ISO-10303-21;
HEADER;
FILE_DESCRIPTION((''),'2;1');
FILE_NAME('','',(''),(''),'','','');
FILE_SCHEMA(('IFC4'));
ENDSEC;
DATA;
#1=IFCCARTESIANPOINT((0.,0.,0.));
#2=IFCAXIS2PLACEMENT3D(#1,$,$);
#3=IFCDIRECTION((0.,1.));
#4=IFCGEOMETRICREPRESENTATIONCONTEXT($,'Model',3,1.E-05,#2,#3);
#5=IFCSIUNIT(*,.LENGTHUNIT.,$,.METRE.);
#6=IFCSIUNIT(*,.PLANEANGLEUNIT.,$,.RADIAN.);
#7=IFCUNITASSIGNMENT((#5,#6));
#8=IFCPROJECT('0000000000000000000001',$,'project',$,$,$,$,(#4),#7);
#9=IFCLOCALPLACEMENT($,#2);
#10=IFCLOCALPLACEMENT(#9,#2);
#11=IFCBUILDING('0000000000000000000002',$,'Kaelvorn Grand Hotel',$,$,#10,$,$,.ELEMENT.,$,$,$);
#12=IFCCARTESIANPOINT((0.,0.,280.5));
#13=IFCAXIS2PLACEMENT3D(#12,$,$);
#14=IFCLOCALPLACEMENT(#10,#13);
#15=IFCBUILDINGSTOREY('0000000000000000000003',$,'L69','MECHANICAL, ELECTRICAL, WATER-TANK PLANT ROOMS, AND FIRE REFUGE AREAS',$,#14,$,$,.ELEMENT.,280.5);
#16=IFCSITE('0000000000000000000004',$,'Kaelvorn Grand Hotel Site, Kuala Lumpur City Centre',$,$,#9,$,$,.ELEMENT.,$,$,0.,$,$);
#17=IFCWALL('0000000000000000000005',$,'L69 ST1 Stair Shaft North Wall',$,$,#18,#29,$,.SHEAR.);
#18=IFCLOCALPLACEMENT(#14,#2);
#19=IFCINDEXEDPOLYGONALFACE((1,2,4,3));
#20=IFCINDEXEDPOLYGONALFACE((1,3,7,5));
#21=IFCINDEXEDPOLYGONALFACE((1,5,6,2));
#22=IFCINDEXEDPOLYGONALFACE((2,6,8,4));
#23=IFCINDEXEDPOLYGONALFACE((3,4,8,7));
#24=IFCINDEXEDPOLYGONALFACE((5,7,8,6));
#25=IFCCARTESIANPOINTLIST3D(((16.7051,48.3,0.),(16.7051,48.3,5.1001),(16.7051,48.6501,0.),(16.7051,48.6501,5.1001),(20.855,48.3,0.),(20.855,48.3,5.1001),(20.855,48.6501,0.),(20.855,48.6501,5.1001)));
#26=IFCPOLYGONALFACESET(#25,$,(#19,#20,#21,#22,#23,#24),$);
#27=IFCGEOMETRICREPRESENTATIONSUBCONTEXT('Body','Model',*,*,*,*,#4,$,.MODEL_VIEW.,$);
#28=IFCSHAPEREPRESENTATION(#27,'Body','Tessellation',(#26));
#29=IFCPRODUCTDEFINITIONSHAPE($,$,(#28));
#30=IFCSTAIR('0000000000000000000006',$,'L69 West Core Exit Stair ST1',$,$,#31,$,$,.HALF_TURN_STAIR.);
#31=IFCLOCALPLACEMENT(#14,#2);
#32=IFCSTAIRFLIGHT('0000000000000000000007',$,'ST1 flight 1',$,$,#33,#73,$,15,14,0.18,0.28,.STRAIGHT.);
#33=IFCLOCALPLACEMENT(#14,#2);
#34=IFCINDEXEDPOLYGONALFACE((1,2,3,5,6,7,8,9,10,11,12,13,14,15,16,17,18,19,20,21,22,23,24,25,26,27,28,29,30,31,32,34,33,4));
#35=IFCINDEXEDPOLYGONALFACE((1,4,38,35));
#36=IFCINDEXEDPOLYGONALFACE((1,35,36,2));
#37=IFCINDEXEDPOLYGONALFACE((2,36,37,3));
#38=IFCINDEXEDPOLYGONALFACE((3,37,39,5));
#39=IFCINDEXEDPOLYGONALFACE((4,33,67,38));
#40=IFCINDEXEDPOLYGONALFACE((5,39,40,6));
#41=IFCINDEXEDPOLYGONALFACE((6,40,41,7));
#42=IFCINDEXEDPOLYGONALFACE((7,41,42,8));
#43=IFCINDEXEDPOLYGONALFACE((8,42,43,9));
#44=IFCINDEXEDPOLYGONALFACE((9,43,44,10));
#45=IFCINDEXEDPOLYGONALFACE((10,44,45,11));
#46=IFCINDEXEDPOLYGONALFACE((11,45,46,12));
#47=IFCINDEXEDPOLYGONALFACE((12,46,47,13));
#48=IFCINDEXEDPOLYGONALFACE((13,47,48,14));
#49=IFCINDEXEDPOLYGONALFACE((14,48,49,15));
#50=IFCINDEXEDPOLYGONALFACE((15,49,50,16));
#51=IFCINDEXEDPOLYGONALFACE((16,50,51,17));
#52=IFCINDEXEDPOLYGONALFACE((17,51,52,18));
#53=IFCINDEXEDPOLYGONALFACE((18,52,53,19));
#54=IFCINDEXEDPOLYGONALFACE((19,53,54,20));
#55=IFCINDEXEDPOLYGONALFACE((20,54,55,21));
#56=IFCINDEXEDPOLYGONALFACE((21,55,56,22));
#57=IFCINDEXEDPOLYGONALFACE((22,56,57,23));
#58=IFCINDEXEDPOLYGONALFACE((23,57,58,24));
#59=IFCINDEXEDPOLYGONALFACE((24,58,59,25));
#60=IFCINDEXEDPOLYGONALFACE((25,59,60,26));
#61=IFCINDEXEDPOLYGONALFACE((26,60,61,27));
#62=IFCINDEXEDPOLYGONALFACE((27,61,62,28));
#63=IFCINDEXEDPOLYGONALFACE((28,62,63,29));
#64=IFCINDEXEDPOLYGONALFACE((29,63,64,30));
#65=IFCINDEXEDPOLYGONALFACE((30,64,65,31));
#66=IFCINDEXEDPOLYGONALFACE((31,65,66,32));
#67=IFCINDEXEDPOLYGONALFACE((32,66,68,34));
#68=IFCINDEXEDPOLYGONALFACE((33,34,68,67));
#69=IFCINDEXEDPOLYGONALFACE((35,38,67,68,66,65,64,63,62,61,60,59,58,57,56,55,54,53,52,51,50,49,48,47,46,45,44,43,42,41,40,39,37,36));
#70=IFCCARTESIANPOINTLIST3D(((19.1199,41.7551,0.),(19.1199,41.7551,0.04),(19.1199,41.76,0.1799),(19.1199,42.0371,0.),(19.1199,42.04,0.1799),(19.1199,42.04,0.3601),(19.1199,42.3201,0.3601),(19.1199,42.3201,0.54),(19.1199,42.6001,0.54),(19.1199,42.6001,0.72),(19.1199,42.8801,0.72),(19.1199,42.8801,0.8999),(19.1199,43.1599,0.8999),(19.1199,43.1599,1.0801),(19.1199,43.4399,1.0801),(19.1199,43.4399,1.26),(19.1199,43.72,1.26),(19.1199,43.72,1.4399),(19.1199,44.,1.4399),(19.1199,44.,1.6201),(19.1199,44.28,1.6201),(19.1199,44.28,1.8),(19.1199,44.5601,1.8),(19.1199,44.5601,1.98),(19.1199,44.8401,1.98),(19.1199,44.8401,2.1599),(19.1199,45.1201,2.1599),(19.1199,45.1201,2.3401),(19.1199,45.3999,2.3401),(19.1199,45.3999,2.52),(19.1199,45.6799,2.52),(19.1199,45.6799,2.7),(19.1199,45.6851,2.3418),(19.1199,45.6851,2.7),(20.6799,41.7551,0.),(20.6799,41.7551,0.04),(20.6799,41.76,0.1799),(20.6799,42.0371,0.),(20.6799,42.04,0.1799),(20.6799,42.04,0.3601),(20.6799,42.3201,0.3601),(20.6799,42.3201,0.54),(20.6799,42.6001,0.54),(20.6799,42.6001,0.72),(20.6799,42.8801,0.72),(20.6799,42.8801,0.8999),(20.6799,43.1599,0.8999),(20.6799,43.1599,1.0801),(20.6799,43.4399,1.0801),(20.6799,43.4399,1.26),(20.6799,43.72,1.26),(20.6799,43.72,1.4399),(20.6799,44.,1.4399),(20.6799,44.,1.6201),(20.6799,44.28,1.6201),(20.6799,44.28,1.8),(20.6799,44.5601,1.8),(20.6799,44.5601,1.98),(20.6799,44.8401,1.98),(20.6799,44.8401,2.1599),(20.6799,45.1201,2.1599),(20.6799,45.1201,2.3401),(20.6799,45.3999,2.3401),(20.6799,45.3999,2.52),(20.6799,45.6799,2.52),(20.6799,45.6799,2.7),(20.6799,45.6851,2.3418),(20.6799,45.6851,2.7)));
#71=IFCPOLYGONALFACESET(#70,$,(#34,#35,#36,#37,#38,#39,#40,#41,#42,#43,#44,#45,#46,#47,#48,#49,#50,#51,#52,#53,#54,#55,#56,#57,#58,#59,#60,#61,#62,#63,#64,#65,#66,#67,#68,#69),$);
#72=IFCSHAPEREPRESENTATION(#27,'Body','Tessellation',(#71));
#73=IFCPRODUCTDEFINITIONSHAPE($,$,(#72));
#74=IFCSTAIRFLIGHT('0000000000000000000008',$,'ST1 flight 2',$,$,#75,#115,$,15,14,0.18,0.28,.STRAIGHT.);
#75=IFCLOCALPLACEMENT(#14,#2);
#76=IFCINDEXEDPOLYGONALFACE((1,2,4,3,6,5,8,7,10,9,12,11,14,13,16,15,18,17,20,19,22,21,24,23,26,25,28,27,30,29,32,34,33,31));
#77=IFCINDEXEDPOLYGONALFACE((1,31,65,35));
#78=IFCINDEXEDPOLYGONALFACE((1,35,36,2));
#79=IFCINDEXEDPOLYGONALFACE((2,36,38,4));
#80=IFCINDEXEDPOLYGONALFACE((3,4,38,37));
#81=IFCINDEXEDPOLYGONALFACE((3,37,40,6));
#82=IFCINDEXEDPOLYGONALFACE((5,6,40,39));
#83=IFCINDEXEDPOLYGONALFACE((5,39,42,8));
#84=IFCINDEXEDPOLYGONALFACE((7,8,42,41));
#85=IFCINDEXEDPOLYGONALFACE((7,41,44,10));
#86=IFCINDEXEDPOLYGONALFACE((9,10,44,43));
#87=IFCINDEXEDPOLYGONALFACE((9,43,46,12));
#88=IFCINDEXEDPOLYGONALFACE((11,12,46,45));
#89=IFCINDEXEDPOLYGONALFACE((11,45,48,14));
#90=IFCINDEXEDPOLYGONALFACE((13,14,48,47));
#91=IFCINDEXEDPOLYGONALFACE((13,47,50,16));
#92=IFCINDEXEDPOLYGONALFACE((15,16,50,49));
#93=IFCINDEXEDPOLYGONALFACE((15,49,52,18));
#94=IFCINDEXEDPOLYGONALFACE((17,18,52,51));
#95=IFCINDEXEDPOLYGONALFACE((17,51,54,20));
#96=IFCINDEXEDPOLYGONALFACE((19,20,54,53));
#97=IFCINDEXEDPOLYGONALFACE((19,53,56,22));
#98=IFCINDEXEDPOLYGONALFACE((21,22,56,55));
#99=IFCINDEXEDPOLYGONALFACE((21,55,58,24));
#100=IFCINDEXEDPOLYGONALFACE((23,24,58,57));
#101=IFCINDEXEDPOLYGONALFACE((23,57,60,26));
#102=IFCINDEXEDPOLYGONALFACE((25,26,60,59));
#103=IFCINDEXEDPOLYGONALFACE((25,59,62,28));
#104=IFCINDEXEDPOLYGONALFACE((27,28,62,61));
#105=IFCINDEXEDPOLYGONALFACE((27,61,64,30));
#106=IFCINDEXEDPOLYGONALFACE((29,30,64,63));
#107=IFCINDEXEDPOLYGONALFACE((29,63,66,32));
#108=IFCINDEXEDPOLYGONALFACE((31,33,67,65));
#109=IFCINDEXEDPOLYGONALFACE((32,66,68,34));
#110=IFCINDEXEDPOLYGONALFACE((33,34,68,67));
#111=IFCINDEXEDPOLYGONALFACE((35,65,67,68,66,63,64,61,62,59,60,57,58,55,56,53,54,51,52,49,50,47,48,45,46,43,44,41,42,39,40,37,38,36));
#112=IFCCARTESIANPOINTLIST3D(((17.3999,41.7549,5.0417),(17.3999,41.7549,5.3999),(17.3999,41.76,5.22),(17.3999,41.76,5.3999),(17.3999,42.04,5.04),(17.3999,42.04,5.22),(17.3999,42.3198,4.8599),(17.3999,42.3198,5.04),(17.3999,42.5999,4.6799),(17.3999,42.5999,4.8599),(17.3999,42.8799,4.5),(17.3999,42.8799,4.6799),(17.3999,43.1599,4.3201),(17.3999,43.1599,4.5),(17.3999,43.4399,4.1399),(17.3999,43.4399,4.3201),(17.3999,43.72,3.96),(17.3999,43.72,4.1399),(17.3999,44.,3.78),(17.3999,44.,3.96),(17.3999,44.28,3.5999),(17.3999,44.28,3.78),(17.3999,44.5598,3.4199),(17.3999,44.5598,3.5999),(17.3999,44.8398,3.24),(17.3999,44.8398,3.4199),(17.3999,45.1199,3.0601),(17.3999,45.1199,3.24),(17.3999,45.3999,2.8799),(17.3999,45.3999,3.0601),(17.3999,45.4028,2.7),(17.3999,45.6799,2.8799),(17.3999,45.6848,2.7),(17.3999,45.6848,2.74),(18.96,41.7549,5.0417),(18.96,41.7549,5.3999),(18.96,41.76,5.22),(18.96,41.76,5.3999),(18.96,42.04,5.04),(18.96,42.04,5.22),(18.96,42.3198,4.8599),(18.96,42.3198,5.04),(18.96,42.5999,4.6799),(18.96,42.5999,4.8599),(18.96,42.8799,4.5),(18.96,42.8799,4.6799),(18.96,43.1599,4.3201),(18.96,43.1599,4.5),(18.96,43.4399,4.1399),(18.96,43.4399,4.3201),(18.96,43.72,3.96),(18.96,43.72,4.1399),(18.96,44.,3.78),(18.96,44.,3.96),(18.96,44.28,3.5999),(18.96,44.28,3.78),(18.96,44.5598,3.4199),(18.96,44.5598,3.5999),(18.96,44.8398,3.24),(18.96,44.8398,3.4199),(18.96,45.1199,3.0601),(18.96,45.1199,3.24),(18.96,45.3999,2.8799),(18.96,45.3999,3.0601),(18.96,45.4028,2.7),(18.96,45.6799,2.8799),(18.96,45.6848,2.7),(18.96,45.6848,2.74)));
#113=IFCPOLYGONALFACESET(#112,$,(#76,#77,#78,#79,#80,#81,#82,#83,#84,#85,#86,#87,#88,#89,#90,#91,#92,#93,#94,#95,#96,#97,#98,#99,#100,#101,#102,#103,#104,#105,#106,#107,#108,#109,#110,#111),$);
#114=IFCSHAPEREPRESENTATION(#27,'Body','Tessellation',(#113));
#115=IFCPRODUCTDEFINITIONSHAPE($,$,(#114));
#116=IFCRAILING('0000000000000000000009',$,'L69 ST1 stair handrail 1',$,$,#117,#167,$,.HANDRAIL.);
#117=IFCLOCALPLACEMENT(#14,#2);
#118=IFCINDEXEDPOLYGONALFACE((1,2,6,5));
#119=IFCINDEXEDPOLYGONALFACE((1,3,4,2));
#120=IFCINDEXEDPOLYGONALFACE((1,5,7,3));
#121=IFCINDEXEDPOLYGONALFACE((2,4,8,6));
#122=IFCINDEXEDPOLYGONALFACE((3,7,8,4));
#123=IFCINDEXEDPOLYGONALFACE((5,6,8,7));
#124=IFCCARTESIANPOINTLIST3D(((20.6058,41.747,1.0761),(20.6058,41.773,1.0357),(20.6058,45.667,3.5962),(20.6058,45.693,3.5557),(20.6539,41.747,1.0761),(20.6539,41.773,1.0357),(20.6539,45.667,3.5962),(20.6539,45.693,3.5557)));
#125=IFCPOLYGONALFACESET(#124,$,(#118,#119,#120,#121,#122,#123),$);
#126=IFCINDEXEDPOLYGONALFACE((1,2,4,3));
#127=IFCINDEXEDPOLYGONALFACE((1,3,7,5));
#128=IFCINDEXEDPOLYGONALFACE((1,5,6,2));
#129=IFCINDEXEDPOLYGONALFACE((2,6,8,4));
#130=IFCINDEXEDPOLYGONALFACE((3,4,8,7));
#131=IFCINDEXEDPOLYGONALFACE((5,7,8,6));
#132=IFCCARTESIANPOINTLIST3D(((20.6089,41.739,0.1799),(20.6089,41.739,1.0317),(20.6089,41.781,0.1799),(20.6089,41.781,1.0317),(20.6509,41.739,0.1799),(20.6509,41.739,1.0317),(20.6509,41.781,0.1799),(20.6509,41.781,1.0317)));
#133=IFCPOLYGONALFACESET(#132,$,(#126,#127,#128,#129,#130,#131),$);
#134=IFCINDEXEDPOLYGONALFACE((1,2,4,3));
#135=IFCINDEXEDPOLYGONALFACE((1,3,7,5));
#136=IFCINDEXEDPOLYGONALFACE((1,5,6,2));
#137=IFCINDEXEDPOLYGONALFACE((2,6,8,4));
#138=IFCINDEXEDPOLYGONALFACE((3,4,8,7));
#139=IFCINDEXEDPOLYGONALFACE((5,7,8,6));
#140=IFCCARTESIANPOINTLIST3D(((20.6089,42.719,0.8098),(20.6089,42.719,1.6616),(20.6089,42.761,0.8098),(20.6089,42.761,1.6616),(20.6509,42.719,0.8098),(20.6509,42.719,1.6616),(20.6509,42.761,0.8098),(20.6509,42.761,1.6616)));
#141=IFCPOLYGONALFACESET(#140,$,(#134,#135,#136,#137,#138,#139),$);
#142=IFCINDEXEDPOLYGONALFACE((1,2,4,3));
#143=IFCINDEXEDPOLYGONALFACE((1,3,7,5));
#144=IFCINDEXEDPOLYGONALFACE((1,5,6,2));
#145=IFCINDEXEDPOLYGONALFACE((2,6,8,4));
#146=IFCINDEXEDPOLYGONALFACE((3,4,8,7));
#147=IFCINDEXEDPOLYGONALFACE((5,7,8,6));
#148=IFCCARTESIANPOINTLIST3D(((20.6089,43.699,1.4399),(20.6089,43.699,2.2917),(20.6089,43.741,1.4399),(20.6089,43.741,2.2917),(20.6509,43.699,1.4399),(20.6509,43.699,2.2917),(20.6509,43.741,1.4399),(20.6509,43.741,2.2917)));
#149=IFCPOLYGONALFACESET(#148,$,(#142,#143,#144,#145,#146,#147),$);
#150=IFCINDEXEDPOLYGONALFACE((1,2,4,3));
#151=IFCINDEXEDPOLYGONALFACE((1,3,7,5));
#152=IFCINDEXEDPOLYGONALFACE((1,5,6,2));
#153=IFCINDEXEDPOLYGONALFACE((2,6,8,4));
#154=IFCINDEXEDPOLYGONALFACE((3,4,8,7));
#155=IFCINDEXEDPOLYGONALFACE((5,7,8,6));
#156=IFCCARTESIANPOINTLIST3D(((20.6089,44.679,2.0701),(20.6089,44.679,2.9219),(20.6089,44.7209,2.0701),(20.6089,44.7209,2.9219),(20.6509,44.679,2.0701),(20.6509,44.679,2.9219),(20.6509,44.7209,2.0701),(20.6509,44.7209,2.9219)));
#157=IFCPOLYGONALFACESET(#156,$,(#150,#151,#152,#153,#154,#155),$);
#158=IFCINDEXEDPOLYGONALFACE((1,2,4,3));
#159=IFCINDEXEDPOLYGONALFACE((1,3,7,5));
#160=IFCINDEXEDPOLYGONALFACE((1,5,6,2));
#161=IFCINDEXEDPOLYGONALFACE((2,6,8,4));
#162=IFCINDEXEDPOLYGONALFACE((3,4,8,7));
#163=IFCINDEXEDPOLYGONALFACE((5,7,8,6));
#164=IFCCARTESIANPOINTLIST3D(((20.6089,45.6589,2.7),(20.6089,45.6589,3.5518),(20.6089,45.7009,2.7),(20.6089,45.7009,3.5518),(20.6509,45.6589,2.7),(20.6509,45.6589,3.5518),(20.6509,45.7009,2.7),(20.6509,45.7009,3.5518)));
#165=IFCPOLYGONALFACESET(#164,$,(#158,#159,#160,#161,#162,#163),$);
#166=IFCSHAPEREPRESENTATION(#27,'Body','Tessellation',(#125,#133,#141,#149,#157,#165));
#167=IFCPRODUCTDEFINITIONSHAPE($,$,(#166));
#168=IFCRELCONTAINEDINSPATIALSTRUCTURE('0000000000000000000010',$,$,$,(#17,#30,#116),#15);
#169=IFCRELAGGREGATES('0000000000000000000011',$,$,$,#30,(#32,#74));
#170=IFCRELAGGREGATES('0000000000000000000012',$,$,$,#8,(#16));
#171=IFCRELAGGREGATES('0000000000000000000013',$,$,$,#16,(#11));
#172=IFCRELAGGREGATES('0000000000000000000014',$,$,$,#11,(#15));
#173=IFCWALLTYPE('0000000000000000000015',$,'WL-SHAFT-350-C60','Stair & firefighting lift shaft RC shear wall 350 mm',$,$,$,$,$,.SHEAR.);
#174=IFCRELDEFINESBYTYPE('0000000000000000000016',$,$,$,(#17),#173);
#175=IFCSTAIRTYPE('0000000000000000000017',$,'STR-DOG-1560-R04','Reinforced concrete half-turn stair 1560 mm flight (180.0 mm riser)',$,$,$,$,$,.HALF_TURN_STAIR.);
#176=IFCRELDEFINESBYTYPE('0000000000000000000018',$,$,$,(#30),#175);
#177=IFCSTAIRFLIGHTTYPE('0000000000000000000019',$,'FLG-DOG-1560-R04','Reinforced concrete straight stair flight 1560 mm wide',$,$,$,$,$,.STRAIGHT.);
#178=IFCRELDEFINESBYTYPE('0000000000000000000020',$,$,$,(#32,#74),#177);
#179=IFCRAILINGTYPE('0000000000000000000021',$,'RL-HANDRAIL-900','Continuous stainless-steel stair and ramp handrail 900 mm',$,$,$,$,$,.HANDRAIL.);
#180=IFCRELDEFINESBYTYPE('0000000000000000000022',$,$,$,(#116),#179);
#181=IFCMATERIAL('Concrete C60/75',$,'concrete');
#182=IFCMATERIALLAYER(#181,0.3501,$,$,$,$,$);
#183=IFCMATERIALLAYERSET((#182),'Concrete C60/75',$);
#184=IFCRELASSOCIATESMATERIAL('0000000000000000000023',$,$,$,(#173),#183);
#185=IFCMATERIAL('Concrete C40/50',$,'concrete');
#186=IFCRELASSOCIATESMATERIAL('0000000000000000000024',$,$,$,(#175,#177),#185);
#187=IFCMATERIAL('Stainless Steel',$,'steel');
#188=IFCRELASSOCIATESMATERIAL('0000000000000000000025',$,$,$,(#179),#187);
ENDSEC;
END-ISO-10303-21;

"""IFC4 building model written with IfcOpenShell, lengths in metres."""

from ifc_helpers import new_model, si_unit, direction, frame, frame_2d, origin, origin_2d, place, context, subcontext, project, spatial, polyline, rectangle, outline, extrude, material, layer, layer_set, type_object, element, aggregate, save


model = new_model("IFC4")

# Units and contexts
model_context = context("Model", 3, precision=1e-05, world=origin(), true_north=direction((0.0, 1.0)))
body_context = subcontext(model_context, "Body", "Model", "MODEL_VIEW")
ifc_project = project(units=[si_unit("LENGTHUNIT", "METRE"), si_unit("PLANEANGLEUNIT", "RADIAN")], contexts=[model_context])

# Site, building, storey
site_placement = place(None, origin())
site = spatial("IfcSite", under=ifc_project, at=site_placement, Name="Kaelvorn Grand Hotel Site, Kuala Lumpur City Centre", CompositionType="ELEMENT", RefElevation=0.0)
building_placement = place(site_placement, origin())
building = spatial("IfcBuilding", under=site, at=building_placement, Name="Kaelvorn Grand Hotel", CompositionType="ELEMENT")
storey_placement = place(building_placement, frame((0.0, 0.0, 280.5)))
storey = spatial("IfcBuildingStorey", under=building, at=storey_placement, Name="L69", Description="MECHANICAL, ELECTRICAL, WATER-TANK PLANT ROOMS, AND FIRE REFUGE AREAS", CompositionType="ELEMENT", Elevation=280.5)

# Shared definitions
ifc_material_1 = material(Name="Concrete C60/75", Category="concrete")

# Shared definitions
ifc_material_2 = material(Name="Concrete C40/50", Category="concrete")

# Wall
ifc_layer_1 = layer(ifc_material_1, 0.3501)
ifc_layer_set_1 = layer_set([ifc_layer_1], Name="Concrete C60/75")
wall_type_1 = type_object("IfcWallType", Name="WL-SHAFT-350-C60", Description="Stair & firefighting lift shaft RC shear wall 350 mm", PredefinedType="SHEAR", material=ifc_layer_set_1)
wall_1_placement = place(storey_placement, frame((16.7051, 48.4751, 0.0), z_axis=(0.0, 0.0, 1.0), x_axis=(1.0, 0.0, 0.0)))
element("IfcWall", 1, at=wall_1_placement, inside=storey, type_object=wall_type_1, Name="L69 ST1 Stair Shaft North Wall", PredefinedType="SHEAR", context=body_context, shape_type="SweptSolid", body=[
    extrude(rectangle(XDim=4.1499, YDim=0.3501, at=frame_2d((2.075, 0.0))), origin(), (0.0, 0.0, 1.0), 5.1001),
])

# Stair, stair flights
stair_type = type_object("IfcStairType", Name="STR-DOG-1560-R04", Description="Reinforced concrete half-turn stair 1560 mm flight (180.0 mm riser)", PredefinedType="HALF_TURN_STAIR", material=ifc_material_2)
stair_placement = place(storey_placement, origin())
stair = element("IfcStair", 2, at=stair_placement, inside=storey, type_object=stair_type, Name="L69 West Core Exit Stair ST1", PredefinedType="HALF_TURN_STAIR")
stair_flight_type = type_object("IfcStairFlightType", Name="FLG-DOG-1560-R04", Description="Reinforced concrete straight stair flight 1560 mm wide", PredefinedType="STRAIGHT", material=ifc_material_2)
stair_flight_1_placement = place(storey_placement, frame((19.8999, 41.76, 0.0), z_axis=(0.0, 0.0, 1.0), x_axis=(0.0, 1.0, 0.0)))
stair_flight_1 = element("IfcStairFlight", 3, at=stair_flight_1_placement, type_object=stair_flight_type, Name="ST1 flight 1", NumberOfRisers=15, NumberOfTreads=14, PredefinedType="STRAIGHT", RiserHeight=0.18, TreadLength=0.28, context=body_context, shape_type="SweptSolid", body=[
    extrude(outline(polyline([(-0.0049, 0.0), (-0.0049, 0.04), (0.0, 0.1799), (0.28, 0.1799), (0.28, 0.3601), (0.5601, 0.3601), (0.5601, 0.54), (0.8401, 0.54), (0.8401, 0.72), (1.1201, 0.72), (1.1201, 0.8999), (1.3999, 0.8999), (1.3999, 1.0801), (1.6799, 1.0801), (1.6799, 1.26), (1.96, 1.26), (1.96, 1.4399), (2.24, 1.4399), (2.24, 1.6201), (2.52, 1.6201), (2.52, 1.8), (2.8, 1.8), (2.8, 1.98), (3.0801, 1.98), (3.0801, 2.1599), (3.3601, 2.1599), (3.3601, 2.3401), (3.6399, 2.3401), (3.6399, 2.52), (3.9199, 2.52), (3.9199, 2.7), (3.925, 2.7), (3.925, 2.3418), (0.2771, 0.0), (-0.0049, 0.0)])), frame((0.0, 0.78, 0.0), z_axis=(0.0, -1.0, 0.0), x_axis=(1.0, 0.0, 0.0)), (0.0, 0.0, 1.0), 1.5601),
])
stair_flight_2_placement = place(storey_placement, frame((18.1799, 45.6799, 2.7), z_axis=(0.0, 0.0, 1.0), x_axis=(0.0, -1.0, 0.0)))
stair_flight_2 = element("IfcStairFlight", 4, at=stair_flight_2_placement, type_object=stair_flight_type, Name="ST1 flight 2", NumberOfRisers=15, NumberOfTreads=14, PredefinedType="STRAIGHT", RiserHeight=0.18, TreadLength=0.28, context=body_context, shape_type="SweptSolid", body=[
    extrude(outline(polyline([(-0.0049, 0.0), (-0.0049, 0.04), (0.0, 0.1799), (0.28, 0.1799), (0.28, 0.3601), (0.5601, 0.3601), (0.5601, 0.54), (0.8401, 0.54), (0.8401, 0.72), (1.1201, 0.72), (1.1201, 0.8999), (1.3999, 0.8999), (1.3999, 1.0801), (1.6799, 1.0801), (1.6799, 1.26), (1.96, 1.26), (1.96, 1.4399), (2.24, 1.4399), (2.24, 1.6201), (2.52, 1.6201), (2.52, 1.8), (2.8, 1.8), (2.8, 1.98), (3.0801, 1.98), (3.0801, 2.1599), (3.3601, 2.1599), (3.3601, 2.3401), (3.6399, 2.3401), (3.6399, 2.52), (3.9199, 2.52), (3.9199, 2.7), (3.925, 2.7), (3.925, 2.3418), (0.2771, 0.0), (-0.0049, 0.0)])), frame((0.0, 0.78, 0.0), z_axis=(0.0, -1.0, 0.0), x_axis=(1.0, 0.0, 0.0)), (0.0, 0.0, 1.0), 1.5601),
])
aggregate(stair, [stair_flight_1, stair_flight_2])

# Railing
ifc_material_3 = material(Name="Stainless Steel", Category="steel")
railing_type_1 = type_object("IfcRailingType", Name="RL-HANDRAIL-900", Description="Continuous stainless-steel stair and ramp handrail 900 mm", PredefinedType="HANDRAIL", material=ifc_material_3)
railing_1_placement = place(storey_placement, frame((20.6299, 41.76, 0.1799)))
element("IfcRailing", 5, at=railing_1_placement, inside=storey, type_object=railing_type_1, Name="L69 ST1 stair handrail 1", PredefinedType="HANDRAIL", context=body_context, shape_type="SweptSolid", body=[
    extrude(rectangle(XDim=0.0481, YDim=0.0481, at=origin_2d()), frame((0.0, 0.0, 0.876), z_axis=(0.0, 0.841172, 0.540768), x_axis=(-1.0, 0.0, 0.0)), (0.0, 0.0, 1.0), 4.6602),
    extrude(rectangle(XDim=0.042, YDim=0.042, at=origin_2d()), origin(), (0.0, 0.0, 1.0), 0.8518),
    extrude(rectangle(XDim=0.042, YDim=0.042, at=origin_2d()), frame((0.0, 0.98, 0.6299)), (0.0, 0.0, 1.0), 0.8518),
    extrude(rectangle(XDim=0.042, YDim=0.042, at=origin_2d()), frame((0.0, 1.96, 1.26)), (0.0, 0.0, 1.0), 0.8518),
    extrude(rectangle(XDim=0.042, YDim=0.042, at=origin_2d()), frame((0.0, 2.9399, 1.8901)), (0.0, 0.0, 1.0), 0.8518),
    extrude(rectangle(XDim=0.042, YDim=0.042, at=origin_2d()), frame((0.0, 3.9199, 2.52)), (0.0, 0.0, 1.0), 0.8518),
])

save(model, "model.ifc")
